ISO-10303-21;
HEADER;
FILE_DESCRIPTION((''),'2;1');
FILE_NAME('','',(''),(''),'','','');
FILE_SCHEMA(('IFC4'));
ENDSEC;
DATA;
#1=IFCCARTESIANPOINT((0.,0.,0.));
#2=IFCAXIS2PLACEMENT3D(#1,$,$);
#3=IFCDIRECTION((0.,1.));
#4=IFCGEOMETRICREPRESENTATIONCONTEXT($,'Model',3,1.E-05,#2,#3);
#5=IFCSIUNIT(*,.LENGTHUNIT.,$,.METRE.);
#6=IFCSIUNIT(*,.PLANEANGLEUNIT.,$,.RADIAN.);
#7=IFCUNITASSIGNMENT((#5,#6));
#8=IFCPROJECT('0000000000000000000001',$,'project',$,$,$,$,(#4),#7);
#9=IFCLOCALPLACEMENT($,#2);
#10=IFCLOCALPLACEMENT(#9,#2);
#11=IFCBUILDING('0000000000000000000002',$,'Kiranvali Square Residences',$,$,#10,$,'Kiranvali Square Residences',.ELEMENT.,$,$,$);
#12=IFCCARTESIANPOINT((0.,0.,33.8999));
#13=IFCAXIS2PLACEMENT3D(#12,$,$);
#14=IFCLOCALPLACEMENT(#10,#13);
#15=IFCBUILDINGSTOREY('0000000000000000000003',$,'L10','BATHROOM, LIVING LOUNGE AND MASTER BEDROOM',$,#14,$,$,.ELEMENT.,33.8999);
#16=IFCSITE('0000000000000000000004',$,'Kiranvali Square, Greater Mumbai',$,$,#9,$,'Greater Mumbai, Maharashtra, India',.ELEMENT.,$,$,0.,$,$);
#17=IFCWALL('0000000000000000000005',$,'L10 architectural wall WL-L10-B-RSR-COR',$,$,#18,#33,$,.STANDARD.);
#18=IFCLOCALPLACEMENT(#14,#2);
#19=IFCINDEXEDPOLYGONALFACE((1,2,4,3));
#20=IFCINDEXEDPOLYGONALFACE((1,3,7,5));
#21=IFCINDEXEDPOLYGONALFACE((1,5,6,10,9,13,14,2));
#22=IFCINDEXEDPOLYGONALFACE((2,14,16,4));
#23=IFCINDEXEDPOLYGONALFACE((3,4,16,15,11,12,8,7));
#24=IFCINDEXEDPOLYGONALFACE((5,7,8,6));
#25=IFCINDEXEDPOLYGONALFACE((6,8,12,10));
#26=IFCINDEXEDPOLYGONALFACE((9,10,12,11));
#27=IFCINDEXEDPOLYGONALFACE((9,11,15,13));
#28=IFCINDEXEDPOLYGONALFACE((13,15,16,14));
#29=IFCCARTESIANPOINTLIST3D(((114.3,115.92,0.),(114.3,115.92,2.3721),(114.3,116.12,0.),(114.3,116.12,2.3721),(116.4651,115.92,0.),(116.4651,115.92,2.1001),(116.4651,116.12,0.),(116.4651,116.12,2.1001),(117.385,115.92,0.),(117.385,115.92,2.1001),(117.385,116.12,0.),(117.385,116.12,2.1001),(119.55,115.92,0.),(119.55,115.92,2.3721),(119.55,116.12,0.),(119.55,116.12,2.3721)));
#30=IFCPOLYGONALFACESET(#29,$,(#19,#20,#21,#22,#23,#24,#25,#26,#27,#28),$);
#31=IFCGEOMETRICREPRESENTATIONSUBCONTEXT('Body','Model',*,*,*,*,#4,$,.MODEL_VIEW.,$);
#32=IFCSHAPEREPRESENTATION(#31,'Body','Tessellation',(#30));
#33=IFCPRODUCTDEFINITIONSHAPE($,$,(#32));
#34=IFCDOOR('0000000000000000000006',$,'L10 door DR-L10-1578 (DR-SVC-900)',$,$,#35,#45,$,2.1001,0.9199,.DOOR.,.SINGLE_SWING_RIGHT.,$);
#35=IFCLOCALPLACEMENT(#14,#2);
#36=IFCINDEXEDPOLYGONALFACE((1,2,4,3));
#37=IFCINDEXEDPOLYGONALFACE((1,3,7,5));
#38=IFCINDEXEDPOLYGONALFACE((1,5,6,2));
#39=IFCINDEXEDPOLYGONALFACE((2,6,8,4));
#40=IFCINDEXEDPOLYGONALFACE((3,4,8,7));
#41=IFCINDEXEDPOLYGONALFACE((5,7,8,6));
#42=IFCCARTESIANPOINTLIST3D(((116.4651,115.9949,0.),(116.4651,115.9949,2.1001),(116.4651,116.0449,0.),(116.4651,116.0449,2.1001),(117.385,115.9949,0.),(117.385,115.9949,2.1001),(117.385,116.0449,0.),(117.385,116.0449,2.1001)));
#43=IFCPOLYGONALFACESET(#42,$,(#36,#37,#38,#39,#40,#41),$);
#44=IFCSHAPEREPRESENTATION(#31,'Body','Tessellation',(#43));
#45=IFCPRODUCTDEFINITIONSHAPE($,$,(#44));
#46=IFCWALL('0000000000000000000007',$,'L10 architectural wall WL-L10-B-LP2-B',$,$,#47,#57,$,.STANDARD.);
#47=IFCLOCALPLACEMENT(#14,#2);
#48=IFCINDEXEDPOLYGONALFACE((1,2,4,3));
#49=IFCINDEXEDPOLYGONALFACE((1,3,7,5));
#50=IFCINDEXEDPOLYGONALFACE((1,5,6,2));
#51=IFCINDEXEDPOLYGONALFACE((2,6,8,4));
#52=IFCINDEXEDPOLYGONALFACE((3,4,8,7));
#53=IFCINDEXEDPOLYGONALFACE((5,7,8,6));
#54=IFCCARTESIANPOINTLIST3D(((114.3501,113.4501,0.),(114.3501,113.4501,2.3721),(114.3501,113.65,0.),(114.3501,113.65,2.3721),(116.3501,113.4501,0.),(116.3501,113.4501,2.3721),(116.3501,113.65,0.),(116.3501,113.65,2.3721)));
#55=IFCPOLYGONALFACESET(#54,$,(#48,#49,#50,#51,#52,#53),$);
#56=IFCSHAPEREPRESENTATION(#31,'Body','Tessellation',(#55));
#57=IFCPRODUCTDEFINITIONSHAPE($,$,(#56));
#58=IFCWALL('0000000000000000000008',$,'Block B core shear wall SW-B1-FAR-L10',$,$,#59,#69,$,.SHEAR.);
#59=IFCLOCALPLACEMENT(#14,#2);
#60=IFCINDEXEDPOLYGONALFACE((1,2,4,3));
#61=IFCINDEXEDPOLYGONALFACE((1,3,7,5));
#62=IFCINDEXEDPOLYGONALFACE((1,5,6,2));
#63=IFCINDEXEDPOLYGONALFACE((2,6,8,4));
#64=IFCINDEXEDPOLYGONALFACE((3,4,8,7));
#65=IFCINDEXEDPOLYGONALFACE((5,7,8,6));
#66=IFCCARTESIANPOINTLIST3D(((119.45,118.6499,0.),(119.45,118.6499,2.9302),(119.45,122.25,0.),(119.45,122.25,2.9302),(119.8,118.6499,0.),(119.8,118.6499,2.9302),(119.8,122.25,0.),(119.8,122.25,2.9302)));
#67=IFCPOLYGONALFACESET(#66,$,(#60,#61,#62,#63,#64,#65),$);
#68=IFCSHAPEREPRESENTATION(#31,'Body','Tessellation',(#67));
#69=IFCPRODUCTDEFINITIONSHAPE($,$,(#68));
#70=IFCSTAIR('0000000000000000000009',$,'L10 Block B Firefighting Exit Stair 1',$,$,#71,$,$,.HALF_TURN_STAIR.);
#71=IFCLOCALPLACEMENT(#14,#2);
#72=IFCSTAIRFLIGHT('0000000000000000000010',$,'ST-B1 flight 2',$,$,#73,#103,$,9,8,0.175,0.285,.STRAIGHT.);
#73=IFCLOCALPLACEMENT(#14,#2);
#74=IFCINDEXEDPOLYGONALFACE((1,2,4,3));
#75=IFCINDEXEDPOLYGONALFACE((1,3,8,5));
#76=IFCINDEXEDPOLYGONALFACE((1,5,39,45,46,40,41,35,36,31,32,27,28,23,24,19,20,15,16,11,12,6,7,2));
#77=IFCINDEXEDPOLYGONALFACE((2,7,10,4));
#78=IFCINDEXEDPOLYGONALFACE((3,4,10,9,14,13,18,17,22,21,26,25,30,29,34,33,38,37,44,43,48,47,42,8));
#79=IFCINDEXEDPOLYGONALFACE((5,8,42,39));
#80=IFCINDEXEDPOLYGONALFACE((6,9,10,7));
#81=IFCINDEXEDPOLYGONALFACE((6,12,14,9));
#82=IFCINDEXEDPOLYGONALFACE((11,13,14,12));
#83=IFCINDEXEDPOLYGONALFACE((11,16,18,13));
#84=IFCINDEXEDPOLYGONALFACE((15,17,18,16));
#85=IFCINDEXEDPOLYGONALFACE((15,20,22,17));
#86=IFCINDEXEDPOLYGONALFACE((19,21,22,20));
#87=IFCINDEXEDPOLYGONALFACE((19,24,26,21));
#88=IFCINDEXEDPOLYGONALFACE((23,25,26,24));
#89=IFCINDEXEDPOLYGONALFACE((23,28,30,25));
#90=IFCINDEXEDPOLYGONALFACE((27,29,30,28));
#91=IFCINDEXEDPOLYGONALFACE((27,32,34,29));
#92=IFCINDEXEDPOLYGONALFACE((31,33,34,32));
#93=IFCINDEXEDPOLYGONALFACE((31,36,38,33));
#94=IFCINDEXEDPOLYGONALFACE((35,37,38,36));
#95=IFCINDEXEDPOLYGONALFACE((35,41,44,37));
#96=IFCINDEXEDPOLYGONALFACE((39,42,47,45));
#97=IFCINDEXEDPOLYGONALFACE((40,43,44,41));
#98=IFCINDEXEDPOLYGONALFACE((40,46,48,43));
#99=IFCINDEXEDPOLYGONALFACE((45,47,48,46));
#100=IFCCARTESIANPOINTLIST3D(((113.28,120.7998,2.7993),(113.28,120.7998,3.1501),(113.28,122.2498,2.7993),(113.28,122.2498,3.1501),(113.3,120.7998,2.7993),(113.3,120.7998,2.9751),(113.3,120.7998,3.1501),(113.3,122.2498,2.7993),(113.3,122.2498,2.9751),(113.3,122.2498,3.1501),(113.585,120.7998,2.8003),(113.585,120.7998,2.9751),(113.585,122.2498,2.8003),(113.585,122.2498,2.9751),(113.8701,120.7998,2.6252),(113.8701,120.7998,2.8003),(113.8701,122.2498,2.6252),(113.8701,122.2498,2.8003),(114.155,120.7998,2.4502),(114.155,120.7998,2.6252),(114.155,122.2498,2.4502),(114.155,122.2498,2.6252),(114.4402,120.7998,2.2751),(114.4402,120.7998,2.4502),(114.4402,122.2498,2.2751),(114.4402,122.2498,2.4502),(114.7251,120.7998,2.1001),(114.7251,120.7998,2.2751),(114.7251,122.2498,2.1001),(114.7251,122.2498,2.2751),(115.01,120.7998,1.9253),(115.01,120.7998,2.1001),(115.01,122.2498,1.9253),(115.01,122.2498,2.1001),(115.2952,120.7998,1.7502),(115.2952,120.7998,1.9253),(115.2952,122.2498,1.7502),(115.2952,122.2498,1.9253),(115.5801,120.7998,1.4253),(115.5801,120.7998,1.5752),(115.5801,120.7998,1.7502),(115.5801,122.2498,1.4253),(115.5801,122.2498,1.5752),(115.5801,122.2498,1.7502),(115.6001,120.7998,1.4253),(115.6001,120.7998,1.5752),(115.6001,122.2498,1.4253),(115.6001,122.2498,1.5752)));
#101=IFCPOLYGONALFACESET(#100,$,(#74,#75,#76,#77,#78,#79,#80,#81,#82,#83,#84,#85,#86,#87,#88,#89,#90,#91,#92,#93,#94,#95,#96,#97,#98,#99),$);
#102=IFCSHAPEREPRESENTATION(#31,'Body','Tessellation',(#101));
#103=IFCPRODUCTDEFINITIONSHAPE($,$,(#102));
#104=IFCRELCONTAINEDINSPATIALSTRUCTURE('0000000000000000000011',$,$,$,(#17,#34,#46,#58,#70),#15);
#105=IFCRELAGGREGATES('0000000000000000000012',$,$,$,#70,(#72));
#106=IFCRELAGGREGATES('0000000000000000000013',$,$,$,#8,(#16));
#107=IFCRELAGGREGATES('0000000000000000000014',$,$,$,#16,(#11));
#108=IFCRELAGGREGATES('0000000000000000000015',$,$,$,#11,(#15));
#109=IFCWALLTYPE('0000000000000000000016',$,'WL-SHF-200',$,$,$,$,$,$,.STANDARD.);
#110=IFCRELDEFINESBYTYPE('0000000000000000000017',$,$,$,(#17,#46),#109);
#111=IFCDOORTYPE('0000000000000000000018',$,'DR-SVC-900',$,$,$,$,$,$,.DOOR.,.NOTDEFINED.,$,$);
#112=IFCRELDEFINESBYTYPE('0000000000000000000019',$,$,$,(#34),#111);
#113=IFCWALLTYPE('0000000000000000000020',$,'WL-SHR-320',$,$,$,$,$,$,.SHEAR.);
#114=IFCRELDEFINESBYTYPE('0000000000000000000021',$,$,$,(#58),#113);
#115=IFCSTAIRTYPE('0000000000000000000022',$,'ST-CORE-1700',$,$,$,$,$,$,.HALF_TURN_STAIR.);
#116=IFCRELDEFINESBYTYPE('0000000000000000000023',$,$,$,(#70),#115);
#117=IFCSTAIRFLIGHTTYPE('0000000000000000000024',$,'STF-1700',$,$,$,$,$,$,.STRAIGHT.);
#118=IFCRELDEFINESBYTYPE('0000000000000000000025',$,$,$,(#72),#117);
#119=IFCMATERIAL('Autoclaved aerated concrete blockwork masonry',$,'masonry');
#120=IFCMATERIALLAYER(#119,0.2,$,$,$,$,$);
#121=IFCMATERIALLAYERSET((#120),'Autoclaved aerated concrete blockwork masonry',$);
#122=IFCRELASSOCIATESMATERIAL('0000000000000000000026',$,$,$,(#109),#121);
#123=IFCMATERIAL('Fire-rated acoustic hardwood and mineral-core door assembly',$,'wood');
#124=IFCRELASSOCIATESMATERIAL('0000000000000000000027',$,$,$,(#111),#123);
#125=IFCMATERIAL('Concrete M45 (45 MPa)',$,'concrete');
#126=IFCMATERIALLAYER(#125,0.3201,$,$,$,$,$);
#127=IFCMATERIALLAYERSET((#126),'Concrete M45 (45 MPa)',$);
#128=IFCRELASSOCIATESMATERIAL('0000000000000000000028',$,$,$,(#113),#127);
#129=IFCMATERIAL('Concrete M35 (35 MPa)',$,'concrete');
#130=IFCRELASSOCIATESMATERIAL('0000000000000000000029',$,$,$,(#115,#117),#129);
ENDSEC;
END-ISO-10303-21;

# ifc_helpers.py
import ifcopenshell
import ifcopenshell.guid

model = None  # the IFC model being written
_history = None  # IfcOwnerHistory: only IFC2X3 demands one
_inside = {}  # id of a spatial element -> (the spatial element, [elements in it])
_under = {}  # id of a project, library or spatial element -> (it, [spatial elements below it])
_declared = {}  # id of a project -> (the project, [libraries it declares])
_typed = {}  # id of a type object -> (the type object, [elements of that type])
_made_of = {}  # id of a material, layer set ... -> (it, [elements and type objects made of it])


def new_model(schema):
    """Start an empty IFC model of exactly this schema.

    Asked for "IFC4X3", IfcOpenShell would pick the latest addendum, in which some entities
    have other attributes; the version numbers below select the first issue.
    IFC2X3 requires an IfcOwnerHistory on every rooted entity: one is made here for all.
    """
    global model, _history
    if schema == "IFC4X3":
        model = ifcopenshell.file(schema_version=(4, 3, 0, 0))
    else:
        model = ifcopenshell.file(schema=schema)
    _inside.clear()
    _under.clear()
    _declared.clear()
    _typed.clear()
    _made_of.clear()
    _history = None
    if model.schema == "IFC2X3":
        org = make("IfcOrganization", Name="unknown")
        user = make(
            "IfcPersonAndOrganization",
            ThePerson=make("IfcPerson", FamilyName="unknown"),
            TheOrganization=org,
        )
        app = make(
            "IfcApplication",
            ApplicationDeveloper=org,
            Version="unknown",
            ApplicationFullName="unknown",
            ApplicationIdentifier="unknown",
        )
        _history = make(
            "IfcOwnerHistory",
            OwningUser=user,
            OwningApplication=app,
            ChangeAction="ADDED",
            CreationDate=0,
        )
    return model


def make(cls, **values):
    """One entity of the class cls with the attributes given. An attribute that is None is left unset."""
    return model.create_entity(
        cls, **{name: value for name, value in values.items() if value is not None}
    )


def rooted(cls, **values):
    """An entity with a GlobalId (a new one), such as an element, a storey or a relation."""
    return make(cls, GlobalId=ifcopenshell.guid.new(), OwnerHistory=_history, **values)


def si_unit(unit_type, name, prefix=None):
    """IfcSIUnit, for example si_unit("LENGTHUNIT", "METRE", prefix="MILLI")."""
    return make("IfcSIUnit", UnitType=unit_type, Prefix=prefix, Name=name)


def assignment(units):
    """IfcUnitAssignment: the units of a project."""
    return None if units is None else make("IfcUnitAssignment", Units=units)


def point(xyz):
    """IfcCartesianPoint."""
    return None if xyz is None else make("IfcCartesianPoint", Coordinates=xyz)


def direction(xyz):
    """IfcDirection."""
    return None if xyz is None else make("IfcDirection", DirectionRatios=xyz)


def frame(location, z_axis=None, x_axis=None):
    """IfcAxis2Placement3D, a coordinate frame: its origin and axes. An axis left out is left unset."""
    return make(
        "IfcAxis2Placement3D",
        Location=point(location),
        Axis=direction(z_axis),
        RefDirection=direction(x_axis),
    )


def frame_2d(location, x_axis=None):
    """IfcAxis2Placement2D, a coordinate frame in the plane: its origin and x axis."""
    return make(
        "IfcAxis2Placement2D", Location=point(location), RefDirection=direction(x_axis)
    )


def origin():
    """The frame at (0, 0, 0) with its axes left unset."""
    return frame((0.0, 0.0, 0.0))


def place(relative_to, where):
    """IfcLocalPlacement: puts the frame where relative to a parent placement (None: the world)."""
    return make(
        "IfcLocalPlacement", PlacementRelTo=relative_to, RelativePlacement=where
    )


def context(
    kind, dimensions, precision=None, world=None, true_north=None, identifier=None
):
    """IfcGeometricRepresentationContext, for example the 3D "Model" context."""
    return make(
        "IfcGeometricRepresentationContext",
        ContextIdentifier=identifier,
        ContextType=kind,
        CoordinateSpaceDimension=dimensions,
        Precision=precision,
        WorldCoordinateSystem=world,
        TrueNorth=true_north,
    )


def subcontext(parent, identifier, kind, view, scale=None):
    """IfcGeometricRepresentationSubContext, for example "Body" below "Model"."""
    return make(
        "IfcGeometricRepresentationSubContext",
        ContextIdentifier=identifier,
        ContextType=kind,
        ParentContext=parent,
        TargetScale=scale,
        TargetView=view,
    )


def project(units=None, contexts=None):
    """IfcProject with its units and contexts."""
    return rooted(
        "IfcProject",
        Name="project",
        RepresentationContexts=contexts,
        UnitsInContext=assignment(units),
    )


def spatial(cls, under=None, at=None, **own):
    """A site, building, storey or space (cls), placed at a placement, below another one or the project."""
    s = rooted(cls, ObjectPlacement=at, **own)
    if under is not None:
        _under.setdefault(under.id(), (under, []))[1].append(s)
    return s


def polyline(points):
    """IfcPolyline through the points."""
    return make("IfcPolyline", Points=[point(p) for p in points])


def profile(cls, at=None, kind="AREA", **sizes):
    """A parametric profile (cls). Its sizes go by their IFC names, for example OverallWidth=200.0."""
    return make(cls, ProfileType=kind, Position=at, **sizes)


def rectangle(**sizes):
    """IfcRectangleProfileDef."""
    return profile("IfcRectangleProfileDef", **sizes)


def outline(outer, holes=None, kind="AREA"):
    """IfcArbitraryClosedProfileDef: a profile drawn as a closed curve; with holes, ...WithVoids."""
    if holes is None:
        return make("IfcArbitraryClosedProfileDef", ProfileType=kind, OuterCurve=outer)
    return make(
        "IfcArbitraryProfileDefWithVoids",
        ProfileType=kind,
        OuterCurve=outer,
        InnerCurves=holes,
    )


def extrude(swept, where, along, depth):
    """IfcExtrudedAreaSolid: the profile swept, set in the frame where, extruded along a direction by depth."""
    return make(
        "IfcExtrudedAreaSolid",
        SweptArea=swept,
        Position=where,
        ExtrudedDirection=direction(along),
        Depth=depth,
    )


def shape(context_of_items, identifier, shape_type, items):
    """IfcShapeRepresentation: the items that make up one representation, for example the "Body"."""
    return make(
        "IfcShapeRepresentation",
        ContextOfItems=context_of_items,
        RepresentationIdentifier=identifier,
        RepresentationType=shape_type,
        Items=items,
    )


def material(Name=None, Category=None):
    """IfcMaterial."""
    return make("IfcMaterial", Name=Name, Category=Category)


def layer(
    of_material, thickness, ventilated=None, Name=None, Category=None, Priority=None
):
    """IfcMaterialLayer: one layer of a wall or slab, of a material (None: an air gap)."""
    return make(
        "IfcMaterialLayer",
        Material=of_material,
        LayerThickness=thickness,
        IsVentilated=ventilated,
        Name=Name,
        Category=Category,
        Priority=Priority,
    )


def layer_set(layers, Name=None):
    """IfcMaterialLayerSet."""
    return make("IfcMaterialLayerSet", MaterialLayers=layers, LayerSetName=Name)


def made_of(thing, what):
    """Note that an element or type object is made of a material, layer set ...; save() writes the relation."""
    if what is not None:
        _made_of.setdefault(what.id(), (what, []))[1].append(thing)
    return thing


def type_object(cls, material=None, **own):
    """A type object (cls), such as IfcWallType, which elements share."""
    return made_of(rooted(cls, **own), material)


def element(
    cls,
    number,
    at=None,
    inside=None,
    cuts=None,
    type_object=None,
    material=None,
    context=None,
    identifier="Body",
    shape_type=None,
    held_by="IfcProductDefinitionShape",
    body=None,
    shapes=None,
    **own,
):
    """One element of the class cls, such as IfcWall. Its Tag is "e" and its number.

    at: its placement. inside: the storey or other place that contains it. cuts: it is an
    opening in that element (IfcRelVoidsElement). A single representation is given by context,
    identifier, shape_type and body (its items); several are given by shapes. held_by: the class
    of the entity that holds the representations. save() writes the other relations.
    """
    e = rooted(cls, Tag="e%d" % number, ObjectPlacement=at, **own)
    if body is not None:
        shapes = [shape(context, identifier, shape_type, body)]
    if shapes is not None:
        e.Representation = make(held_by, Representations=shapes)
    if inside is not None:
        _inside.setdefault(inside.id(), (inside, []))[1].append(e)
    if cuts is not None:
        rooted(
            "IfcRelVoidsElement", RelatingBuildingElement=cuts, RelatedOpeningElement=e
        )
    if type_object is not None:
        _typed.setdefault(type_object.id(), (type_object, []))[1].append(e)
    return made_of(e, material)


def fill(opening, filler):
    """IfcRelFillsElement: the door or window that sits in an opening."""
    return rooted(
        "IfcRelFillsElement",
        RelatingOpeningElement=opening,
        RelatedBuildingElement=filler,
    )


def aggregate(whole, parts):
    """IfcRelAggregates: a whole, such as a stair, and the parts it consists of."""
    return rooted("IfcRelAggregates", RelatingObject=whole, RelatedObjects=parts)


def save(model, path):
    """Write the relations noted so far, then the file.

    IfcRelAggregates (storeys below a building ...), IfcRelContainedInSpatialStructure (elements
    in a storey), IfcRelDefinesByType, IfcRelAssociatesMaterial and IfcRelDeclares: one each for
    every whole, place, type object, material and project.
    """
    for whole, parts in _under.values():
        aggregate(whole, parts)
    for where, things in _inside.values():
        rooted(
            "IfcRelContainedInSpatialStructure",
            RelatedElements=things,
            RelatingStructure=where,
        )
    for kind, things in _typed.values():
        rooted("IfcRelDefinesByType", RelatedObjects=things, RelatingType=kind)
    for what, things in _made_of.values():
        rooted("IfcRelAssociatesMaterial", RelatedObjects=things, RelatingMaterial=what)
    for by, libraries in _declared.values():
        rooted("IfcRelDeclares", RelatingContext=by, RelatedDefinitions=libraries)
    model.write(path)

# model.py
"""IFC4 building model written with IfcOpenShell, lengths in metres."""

from ifc_helpers import new_model, si_unit, direction, frame, frame_2d, origin, place, context, subcontext, project, spatial, polyline, rectangle, outline, extrude, material, layer, layer_set, type_object, element, fill, aggregate, save


model = new_model("IFC4")

# Units and contexts
model_context = context("Model", 3, precision=1e-05, world=origin(), true_north=direction((0.0, 1.0)))
body_context = subcontext(model_context, "Body", "Model", "MODEL_VIEW")
ifc_project = project(units=[si_unit("LENGTHUNIT", "METRE"), si_unit("PLANEANGLEUNIT", "RADIAN")], contexts=[model_context])

# Site, building, storey
site_placement = place(None, origin())
site = spatial("IfcSite", under=ifc_project, at=site_placement, Name="Kiranvali Square, Greater Mumbai", LongName="Greater Mumbai, Maharashtra, India", CompositionType="ELEMENT", RefElevation=0.0)
building_placement = place(site_placement, origin())
building = spatial("IfcBuilding", under=site, at=building_placement, Name="Kiranvali Square Residences", LongName="Kiranvali Square Residences", CompositionType="ELEMENT")
storey_placement = place(building_placement, frame((0.0, 0.0, 33.8999)))
storey = spatial("IfcBuildingStorey", under=building, at=storey_placement, Name="L10", Description="BATHROOM, LIVING LOUNGE AND MASTER BEDROOM", CompositionType="ELEMENT", Elevation=33.8999)

# Shared definitions
ifc_material_1 = material(Name="Concrete M45 (45 MPa)", Category="concrete")

# Shared definitions
ifc_material_2 = material(Name="Autoclaved aerated concrete blockwork masonry", Category="masonry")
ifc_material_3 = material(Name="Fire-rated acoustic hardwood and mineral-core door assembly", Category="wood")

# Wall, opening, door
ifc_layer_1 = layer(ifc_material_2, 0.2)
ifc_layer_set_1 = layer_set([ifc_layer_1], Name="Autoclaved aerated concrete blockwork masonry")
wall_type_1 = type_object("IfcWallType", Name="WL-SHF-200", PredefinedType="STANDARD", material=ifc_layer_set_1)
wall_1_placement = place(storey_placement, frame((119.55, 116.02, 0.0), z_axis=(0.0, 0.0, 1.0), x_axis=(-1.0, 0.0, 0.0)))
wall_1 = element("IfcWall", 1, at=wall_1_placement, inside=storey, type_object=wall_type_1, Name="L10 architectural wall WL-L10-B-RSR-COR", PredefinedType="STANDARD", context=body_context, shape_type="SweptSolid", body=[
    extrude(rectangle(XDim=5.25, YDim=0.2, at=frame_2d((2.625, 0.0))), origin(), (0.0, 0.0, 1.0), 2.3721),
])
opening_1_placement = place(wall_1_placement, frame((2.165, 0.0, 0.0)))
opening_1 = element("IfcOpeningElement", 2, at=opening_1_placement, cuts=wall_1, PredefinedType="OPENING", context=body_context, shape_type="SweptSolid", body=[
    extrude(rectangle(XDim=0.9199, YDim=2.1001, at=frame_2d((0.46, 1.05))), frame((0.0, 0.1099, 0.0), z_axis=(0.0, -1.0, 0.0), x_axis=(1.0, 0.0, 0.0)), (0.0, 0.0, 1.0), 0.22),
])
door_type_1 = type_object("IfcDoorType", Name="DR-SVC-900", OperationType="NOTDEFINED", PredefinedType="DOOR", material=ifc_material_3)
door_1_placement = place(opening_1_placement, frame((0.9199, 0.0, 0.0), z_axis=(0.0, 0.0, 1.0), x_axis=(-1.0, 0.0, 0.0)))
door_1 = element("IfcDoor", 3, at=door_1_placement, inside=storey, type_object=door_type_1, Name="L10 door DR-L10-1578 (DR-SVC-900)", OperationType="SINGLE_SWING_RIGHT", OverallHeight=2.1001, OverallWidth=0.9199, PredefinedType="DOOR", context=body_context, shape_type="SweptSolid", body=[
    extrude(rectangle(XDim=0.9199, YDim=2.1001, at=frame_2d((0.46, 1.05))), frame((0.0, 0.0249, 0.0), z_axis=(0.0, -1.0, 0.0), x_axis=(1.0, 0.0, 0.0)), (0.0, 0.0, 1.0), 0.05),
])
fill(opening_1, door_1)

# Wall
wall_2_placement = place(storey_placement, frame((116.3501, 113.55, 0.0), z_axis=(0.0, 0.0, 1.0), x_axis=(-1.0, 0.0, 0.0)))
element("IfcWall", 4, at=wall_2_placement, inside=storey, type_object=wall_type_1, Name="L10 architectural wall WL-L10-B-LP2-B", PredefinedType="STANDARD", context=body_context, shape_type="SweptSolid", body=[
    extrude(rectangle(XDim=2.0, YDim=0.2, at=frame_2d((1.0, 0.0))), origin(), (0.0, 0.0, 1.0), 2.3721),
])

# Shared definitions
ifc_layer_2 = layer(ifc_material_1, 0.3201)
ifc_layer_set_2 = layer_set([ifc_layer_2], Name="Concrete M45 (45 MPa)")
wall_type_2 = type_object("IfcWallType", Name="WL-SHR-320", PredefinedType="SHEAR", material=ifc_layer_set_2)

# Wall
wall_3_placement = place(storey_placement, frame((119.625, 118.6499, 0.0), z_axis=(0.0, 0.0, 1.0), x_axis=(0.0, 1.0, 0.0)))
element("IfcWall", 5, at=wall_3_placement, inside=storey, type_object=wall_type_2, Name="Block B core shear wall SW-B1-FAR-L10", PredefinedType="SHEAR", context=body_context, shape_type="SweptSolid", body=[
    extrude(rectangle(XDim=3.6001, YDim=0.3501, at=frame_2d((1.8, 0.0))), origin(), (0.0, 0.0, 1.0), 2.9302),
])

# Stair, stair flight
ifc_material_4 = material(Name="Concrete M35 (35 MPa)", Category="concrete")
stair_type = type_object("IfcStairType", Name="ST-CORE-1700", PredefinedType="HALF_TURN_STAIR", material=ifc_material_4)
stair_placement = place(storey_placement, origin())
stair = element("IfcStair", 6, at=stair_placement, inside=storey, type_object=stair_type, Name="L10 Block B Firefighting Exit Stair 1", PredefinedType="HALF_TURN_STAIR")
stair_flight_type = type_object("IfcStairFlightType", Name="STF-1700", PredefinedType="STRAIGHT", material=ifc_material_4)
stair_flight_placement = place(storey_placement, frame((115.5801, 121.5249, 1.5752), z_axis=(0.0, 0.0, 1.0), x_axis=(-1.0, 0.0, 0.0)))
stair_flight = element("IfcStairFlight", 7, at=stair_flight_placement, type_object=stair_flight_type, Name="ST-B1 flight 2", NumberOfRisers=9, NumberOfTreads=8, PredefinedType="STRAIGHT", RiserHeight=0.175, TreadLength=0.285, context=body_context, shape_type="SweptSolid", body=[
    extrude(outline(polyline([(-0.02, -0.1499), (-0.02, 0.0), (0.0, 0.0), (0.0, 0.175), (0.2849, 0.175), (0.2849, 0.3501), (0.5701, 0.3501), (0.5701, 0.5249), (0.855, 0.5249), (0.855, 0.7), (1.1399, 0.7), (1.1399, 0.875), (1.425, 0.875), (1.425, 1.05), (1.71, 1.05), (1.71, 1.2251), (1.9951, 1.2251), (1.9951, 1.3999), (2.28, 1.3999), (2.28, 1.575), (2.3, 1.575), (2.3, 1.2241), (2.28, 1.2241), (0.0, -0.1499), (-0.02, -0.1499)])), frame((0.0, 0.7251, 0.0), z_axis=(0.0, -1.0, 0.0), x_axis=(1.0, 0.0, 0.0)), (0.0, 0.0, 1.0), 1.45),
])
aggregate(stair, [stair_flight])

save(model, "model.ifc")
